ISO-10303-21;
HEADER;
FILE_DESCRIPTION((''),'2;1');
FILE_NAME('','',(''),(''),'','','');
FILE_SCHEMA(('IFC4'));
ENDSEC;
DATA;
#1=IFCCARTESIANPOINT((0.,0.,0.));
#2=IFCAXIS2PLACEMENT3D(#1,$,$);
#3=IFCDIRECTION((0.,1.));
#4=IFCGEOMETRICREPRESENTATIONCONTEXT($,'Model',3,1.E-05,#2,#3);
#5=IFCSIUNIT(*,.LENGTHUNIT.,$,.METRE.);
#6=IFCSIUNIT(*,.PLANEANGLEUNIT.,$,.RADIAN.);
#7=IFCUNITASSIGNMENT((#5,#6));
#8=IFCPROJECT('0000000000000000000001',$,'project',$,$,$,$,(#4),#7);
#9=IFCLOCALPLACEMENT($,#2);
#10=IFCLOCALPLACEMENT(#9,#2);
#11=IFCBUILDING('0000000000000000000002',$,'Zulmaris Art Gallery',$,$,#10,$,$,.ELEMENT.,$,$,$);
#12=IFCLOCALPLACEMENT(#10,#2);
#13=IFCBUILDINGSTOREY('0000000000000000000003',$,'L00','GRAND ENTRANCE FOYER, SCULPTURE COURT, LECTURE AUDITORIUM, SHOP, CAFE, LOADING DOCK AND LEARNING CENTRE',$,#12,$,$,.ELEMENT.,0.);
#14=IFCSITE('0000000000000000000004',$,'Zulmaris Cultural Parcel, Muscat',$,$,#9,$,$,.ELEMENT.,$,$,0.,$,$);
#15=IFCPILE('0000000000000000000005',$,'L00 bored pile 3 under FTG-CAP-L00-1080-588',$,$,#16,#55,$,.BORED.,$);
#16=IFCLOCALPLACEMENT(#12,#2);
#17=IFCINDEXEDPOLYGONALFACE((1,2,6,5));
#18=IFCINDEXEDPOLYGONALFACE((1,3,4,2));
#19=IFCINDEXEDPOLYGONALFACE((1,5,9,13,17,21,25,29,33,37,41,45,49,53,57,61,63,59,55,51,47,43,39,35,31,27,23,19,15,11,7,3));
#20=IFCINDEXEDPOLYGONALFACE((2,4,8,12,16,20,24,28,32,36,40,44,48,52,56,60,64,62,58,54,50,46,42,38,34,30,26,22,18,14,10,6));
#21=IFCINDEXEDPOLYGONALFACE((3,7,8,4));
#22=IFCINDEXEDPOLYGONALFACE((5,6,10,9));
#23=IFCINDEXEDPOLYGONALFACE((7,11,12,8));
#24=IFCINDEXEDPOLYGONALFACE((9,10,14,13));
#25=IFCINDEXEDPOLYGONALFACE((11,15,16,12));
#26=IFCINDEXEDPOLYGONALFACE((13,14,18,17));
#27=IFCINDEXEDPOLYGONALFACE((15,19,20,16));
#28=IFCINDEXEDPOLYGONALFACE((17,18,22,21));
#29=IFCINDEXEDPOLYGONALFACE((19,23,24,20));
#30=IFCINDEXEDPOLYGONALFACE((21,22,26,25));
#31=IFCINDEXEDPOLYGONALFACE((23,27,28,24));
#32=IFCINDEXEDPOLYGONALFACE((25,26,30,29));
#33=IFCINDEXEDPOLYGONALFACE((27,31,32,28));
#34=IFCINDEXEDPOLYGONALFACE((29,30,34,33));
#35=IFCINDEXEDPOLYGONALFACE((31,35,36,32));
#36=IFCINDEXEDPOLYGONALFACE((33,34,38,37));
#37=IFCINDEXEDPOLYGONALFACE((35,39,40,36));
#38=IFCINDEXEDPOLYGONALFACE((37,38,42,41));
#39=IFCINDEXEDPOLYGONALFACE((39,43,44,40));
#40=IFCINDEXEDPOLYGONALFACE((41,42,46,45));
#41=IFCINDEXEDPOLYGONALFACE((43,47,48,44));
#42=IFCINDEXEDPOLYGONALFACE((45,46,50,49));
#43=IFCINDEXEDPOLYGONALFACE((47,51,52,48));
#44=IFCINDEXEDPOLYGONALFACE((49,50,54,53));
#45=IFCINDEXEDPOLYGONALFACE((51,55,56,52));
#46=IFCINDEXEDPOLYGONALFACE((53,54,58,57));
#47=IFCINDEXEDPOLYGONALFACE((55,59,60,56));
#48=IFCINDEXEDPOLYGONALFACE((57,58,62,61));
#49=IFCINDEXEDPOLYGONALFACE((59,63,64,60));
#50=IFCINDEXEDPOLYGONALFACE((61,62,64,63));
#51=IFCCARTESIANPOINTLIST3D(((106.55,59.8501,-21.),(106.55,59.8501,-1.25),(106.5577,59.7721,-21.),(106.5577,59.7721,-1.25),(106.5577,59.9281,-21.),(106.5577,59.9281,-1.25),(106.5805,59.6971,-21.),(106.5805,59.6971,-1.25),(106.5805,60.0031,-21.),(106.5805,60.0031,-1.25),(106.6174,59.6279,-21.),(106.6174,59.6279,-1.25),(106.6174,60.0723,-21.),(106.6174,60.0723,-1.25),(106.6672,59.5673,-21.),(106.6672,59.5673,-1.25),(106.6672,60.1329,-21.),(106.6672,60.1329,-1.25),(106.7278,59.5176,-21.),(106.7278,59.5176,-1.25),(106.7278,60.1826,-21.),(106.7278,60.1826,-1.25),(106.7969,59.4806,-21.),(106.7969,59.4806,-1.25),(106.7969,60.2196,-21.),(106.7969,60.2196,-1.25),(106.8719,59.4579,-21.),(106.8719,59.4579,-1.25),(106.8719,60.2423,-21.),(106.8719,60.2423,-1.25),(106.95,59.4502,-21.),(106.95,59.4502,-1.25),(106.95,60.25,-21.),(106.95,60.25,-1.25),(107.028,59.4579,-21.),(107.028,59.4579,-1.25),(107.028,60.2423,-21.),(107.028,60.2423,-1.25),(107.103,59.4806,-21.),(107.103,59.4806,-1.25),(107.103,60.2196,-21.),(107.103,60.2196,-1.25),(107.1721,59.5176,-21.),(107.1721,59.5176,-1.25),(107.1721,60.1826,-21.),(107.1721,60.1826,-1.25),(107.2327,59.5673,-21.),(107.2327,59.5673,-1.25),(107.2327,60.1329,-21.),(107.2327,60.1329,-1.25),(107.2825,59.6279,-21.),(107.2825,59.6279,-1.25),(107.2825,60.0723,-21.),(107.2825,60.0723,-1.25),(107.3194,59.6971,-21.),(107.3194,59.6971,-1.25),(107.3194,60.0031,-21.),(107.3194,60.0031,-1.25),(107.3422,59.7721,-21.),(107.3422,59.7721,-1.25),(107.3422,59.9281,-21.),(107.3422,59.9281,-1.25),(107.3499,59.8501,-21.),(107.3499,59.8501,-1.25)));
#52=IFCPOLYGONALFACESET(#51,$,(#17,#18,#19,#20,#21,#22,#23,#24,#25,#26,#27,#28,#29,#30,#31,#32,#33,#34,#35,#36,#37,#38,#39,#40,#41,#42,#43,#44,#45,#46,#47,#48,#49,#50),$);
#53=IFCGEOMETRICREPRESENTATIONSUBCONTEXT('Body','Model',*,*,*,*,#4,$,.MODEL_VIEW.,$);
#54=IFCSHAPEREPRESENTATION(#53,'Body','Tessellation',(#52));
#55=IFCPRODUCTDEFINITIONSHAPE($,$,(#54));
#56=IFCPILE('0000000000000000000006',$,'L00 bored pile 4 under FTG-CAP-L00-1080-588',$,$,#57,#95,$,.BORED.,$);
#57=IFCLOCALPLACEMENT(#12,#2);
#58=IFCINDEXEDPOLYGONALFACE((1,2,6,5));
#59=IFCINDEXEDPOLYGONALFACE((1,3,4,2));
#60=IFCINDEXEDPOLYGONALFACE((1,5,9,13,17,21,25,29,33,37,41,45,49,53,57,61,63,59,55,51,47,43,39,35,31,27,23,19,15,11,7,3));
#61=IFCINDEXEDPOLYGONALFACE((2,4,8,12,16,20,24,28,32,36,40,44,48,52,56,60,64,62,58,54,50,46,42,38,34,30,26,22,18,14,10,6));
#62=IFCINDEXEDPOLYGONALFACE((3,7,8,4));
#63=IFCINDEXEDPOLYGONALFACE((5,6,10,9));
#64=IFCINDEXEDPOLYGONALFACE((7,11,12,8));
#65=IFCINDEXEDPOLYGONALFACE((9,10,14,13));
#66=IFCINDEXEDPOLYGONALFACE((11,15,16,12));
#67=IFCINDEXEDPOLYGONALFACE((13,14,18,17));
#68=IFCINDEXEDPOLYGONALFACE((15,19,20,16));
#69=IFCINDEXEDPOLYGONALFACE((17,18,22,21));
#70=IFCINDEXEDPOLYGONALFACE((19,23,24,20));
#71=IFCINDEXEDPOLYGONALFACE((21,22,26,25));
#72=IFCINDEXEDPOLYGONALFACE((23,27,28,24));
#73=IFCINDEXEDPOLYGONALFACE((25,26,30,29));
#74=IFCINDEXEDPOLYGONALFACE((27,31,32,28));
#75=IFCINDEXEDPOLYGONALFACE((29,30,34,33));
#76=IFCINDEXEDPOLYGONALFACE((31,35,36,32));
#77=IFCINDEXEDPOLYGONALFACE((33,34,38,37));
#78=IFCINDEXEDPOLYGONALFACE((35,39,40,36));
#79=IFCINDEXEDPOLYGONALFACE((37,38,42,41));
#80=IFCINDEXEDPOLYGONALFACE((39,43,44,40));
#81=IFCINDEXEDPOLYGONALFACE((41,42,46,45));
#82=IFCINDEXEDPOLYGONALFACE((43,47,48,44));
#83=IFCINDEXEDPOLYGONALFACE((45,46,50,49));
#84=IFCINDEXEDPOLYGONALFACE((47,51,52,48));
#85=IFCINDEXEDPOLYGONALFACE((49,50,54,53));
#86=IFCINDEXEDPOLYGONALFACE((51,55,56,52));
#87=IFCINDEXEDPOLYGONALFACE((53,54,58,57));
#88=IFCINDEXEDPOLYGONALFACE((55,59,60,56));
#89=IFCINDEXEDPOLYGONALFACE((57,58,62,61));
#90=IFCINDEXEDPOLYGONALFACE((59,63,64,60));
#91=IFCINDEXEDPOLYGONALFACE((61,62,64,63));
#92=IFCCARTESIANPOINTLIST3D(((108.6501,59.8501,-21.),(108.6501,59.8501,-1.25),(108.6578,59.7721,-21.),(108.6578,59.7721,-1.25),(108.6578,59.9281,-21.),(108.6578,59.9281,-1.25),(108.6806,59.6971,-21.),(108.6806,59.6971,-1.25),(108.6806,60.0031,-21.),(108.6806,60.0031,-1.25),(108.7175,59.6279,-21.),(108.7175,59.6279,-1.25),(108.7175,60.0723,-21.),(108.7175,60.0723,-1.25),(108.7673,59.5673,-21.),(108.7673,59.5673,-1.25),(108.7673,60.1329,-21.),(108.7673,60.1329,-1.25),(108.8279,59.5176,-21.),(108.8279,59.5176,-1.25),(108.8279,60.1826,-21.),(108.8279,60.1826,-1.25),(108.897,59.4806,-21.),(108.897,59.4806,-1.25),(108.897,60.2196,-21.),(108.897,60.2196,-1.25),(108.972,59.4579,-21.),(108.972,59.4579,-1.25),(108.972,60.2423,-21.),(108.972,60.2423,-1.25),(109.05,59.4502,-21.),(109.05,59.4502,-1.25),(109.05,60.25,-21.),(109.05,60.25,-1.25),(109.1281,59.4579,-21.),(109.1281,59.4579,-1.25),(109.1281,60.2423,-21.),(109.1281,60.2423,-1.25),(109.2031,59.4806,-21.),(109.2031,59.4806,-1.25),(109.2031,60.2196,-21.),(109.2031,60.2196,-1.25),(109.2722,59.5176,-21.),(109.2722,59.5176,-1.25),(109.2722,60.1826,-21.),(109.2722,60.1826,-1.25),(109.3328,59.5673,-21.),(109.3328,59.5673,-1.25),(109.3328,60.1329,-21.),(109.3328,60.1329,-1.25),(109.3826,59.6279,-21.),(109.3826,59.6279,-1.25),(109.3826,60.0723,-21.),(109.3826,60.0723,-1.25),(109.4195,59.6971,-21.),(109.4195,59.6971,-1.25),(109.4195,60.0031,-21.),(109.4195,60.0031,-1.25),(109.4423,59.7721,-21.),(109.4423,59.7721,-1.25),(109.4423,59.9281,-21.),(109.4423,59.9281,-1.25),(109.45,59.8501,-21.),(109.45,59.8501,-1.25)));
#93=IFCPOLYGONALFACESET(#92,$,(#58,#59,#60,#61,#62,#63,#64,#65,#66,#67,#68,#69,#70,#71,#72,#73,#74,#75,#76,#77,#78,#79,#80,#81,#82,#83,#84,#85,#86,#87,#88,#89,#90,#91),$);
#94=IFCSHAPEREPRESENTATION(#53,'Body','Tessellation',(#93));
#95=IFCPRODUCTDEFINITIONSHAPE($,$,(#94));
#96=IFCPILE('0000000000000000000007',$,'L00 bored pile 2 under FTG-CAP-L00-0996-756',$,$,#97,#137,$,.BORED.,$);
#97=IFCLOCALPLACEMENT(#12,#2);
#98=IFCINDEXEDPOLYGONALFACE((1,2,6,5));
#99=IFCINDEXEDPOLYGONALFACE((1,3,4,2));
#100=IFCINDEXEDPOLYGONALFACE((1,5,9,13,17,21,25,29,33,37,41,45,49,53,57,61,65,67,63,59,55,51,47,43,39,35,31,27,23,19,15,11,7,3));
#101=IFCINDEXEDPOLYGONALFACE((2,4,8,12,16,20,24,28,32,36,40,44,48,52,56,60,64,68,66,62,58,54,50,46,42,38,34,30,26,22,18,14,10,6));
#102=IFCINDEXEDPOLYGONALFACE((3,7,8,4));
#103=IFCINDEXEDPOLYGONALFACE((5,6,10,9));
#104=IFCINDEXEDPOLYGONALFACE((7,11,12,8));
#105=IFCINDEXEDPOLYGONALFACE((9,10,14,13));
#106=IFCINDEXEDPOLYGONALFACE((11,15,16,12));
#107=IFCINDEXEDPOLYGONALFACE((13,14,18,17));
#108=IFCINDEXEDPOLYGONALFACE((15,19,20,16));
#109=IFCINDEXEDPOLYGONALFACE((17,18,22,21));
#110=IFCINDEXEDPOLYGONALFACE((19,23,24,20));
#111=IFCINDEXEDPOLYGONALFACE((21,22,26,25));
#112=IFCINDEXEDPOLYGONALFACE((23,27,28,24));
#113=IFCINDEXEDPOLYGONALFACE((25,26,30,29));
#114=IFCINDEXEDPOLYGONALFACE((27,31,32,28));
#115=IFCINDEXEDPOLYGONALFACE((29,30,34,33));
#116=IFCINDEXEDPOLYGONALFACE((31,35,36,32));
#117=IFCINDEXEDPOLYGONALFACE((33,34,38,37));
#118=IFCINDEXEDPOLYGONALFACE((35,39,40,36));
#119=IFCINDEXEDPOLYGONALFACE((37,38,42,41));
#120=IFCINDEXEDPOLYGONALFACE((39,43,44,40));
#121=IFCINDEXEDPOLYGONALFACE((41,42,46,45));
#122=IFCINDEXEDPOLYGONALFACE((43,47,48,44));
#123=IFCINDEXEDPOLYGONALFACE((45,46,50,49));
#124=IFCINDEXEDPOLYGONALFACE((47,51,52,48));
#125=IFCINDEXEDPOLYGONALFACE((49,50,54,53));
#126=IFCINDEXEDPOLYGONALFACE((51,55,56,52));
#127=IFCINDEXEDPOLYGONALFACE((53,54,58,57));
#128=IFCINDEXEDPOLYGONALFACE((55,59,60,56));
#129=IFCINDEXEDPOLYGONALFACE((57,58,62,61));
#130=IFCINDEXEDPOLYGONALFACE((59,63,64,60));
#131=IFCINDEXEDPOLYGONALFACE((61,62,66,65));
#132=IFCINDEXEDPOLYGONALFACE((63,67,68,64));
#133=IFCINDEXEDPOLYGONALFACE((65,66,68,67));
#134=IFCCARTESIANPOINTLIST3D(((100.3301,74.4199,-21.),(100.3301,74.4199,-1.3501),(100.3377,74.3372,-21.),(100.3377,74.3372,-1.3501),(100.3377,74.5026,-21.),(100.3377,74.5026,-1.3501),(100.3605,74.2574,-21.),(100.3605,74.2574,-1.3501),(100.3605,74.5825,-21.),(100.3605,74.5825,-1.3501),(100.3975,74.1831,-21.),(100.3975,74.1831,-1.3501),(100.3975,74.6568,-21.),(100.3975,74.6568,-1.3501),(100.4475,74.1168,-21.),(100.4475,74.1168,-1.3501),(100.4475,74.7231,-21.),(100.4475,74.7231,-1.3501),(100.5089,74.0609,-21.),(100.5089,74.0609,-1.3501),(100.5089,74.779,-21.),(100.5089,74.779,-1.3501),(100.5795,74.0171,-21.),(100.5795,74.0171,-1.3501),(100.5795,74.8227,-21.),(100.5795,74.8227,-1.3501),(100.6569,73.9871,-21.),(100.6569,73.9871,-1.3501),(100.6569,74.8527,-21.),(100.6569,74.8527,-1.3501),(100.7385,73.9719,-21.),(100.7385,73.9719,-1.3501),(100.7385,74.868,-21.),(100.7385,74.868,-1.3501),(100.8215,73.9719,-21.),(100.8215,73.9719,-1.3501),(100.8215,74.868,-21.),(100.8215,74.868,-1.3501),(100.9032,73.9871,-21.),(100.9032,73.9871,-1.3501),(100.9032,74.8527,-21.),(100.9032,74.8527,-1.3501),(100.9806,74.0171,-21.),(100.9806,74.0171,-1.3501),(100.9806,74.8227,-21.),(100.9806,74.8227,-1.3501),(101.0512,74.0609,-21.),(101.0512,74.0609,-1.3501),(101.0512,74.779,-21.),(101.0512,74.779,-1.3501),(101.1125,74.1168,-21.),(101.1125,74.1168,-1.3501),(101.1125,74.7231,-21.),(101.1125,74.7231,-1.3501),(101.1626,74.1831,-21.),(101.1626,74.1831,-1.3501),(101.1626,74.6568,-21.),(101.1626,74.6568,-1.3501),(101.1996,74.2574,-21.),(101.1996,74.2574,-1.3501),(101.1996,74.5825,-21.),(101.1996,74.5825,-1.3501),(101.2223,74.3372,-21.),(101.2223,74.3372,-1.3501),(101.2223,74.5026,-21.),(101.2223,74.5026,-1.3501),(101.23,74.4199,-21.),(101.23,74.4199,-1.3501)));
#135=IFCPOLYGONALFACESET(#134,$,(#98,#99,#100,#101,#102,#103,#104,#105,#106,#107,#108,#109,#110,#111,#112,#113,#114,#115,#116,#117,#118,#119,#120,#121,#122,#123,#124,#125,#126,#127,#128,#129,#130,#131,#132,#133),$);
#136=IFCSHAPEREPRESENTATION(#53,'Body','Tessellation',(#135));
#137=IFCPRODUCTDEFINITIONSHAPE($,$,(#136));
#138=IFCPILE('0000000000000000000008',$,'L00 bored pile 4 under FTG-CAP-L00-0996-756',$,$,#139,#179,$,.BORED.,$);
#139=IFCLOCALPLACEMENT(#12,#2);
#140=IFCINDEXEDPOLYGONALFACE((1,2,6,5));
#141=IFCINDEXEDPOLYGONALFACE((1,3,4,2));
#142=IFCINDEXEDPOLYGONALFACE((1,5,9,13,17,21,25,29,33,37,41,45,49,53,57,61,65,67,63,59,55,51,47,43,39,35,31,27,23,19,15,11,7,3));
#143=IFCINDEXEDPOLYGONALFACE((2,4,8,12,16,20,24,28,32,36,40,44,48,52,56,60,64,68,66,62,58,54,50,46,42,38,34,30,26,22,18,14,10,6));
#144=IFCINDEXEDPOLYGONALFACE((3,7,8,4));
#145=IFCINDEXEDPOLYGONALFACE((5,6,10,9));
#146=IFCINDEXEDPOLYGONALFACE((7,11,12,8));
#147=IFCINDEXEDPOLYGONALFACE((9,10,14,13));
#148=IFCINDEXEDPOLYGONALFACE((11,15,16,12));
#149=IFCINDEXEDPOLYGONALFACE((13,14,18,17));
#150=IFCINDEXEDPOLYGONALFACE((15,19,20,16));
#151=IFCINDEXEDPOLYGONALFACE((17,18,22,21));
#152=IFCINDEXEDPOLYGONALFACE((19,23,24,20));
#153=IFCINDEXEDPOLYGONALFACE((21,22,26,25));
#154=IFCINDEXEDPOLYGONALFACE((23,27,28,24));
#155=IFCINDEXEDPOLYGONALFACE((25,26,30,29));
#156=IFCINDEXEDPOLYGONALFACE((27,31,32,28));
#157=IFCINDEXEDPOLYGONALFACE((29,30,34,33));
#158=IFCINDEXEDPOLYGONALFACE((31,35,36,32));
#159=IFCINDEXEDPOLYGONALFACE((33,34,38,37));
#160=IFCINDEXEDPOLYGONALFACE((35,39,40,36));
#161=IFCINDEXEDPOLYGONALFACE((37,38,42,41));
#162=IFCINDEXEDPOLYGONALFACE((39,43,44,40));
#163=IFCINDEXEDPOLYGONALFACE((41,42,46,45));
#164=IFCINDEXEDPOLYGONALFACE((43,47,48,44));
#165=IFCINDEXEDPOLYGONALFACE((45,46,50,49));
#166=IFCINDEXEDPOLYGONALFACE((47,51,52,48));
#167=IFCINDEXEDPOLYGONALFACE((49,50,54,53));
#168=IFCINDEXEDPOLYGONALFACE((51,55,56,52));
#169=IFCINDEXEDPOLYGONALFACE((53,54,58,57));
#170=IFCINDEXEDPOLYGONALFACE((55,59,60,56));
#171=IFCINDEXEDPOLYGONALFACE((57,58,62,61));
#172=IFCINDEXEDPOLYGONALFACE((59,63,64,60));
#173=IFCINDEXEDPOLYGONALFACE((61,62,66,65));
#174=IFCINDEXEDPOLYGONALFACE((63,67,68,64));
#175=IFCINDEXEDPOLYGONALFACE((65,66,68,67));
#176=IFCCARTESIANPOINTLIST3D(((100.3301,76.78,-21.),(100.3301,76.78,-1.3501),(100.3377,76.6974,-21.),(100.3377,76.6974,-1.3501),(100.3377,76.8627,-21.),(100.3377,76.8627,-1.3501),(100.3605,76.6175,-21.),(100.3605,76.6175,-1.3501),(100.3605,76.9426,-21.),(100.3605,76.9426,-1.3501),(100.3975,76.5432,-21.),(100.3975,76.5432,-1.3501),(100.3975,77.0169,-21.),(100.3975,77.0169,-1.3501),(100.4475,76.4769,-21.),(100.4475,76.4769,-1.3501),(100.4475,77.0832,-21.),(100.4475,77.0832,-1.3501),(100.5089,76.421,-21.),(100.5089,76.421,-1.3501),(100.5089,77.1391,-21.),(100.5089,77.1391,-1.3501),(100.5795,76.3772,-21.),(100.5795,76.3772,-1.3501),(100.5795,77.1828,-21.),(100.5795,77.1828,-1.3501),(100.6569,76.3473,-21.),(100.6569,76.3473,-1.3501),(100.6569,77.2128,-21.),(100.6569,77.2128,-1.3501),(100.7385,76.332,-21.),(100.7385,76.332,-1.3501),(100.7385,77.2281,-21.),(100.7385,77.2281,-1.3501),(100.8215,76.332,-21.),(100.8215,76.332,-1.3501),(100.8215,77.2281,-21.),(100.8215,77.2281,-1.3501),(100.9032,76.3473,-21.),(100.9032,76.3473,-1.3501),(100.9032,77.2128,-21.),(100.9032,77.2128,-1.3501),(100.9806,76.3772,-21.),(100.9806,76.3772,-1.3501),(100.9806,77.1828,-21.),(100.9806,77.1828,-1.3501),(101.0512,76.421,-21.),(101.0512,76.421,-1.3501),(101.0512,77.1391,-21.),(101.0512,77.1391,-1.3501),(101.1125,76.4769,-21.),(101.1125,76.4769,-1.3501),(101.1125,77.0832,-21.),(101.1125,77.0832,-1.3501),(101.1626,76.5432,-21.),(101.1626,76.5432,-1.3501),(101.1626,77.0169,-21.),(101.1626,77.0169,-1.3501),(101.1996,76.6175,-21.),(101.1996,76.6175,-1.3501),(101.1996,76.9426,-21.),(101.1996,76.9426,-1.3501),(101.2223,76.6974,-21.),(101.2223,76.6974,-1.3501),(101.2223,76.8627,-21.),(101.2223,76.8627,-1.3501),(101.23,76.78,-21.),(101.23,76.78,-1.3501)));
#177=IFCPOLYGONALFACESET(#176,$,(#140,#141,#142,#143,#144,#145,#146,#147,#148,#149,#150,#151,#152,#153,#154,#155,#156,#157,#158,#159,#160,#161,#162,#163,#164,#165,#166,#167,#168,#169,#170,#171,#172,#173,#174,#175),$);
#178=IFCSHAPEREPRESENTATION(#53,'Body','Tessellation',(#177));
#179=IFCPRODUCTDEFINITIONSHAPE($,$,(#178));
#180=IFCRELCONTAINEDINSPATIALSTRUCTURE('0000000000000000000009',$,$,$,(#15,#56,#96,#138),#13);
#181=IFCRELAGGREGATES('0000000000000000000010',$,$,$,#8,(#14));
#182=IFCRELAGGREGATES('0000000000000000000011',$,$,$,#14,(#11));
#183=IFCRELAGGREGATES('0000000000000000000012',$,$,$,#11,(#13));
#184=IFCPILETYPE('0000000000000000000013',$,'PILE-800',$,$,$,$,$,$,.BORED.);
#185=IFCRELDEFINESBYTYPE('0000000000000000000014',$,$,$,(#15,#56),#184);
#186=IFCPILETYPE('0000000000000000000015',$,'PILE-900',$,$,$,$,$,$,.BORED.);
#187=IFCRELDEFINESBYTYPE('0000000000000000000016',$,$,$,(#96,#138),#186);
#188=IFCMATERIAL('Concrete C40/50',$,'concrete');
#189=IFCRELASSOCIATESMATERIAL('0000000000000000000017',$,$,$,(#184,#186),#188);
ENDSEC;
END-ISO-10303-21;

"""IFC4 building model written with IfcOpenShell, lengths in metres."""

from ifc_helpers import new_model, si_unit, direction, frame, origin, origin_2d, place, context, subcontext, project, spatial, circle, extrude, material, material_profile, profile_set, type_object, element, save


model = new_model("IFC4")

# Units and contexts
model_context = context("Model", 3, precision=1e-05, world=origin(), true_north=direction((0.0, 1.0)))
body_context = subcontext(model_context, "Body", "Model", "MODEL_VIEW")
ifc_project = project(units=[si_unit("LENGTHUNIT", "METRE"), si_unit("PLANEANGLEUNIT", "RADIAN")], contexts=[model_context])

# Site, building, storey
site_placement = place(None, origin())
site = spatial("IfcSite", under=ifc_project, at=site_placement, Name="Zulmaris Cultural Parcel, Muscat", CompositionType="ELEMENT", RefElevation=0.0)
building_placement = place(site_placement, origin())
building = spatial("IfcBuilding", under=site, at=building_placement, Name="Zulmaris Art Gallery", CompositionType="ELEMENT")
storey_placement = place(building_placement, origin())
storey = spatial("IfcBuildingStorey", under=building, at=storey_placement, Name="L00", Description="GRAND ENTRANCE FOYER, SCULPTURE COURT, LECTURE AUDITORIUM, SHOP, CAFE, LOADING DOCK AND LEARNING CENTRE", CompositionType="ELEMENT", Elevation=0.0)

# Piles
ifc_material_1 = material(Name="Concrete C40/50", Category="concrete")
ifc_material_profile_1 = material_profile(ifc_material_1, circle(Radius=0.3999, at=origin_2d()), Name="PILE DIA 800")
ifc_profile_set_1 = profile_set([ifc_material_profile_1], Name="Concrete C40/50")
pile_type_1 = type_object("IfcPileType", Name="PILE-800", PredefinedType="BORED", material=ifc_profile_set_1)
for number, where, z_axis, x_axis, name in (
    (1, (106.95, 59.8501, -1.25), (0.0, 0.0, -1.0), (1.0, 0.0, 0.0), "L00 bored pile 3 under FTG-CAP-L00-1080-588"),
    (2, (109.05, 59.8501, -1.25), (0.0, 0.0, -1.0), (1.0, 0.0, 0.0), "L00 bored pile 4 under FTG-CAP-L00-1080-588"),
):
    element("IfcPile", number, at=place(storey_placement, frame(where, z_axis=z_axis, x_axis=x_axis)), inside=storey, type_object=pile_type_1, Name=name, PredefinedType="BORED", context=body_context, shape_type="SweptSolid", body=[
        extrude(circle(Radius=0.3999, at=origin_2d()), origin(), (0.0, 0.0, 1.0), 19.75),
    ])
ifc_material_profile_2 = material_profile(ifc_material_1, circle(Radius=0.45, at=origin_2d()), Name="PILE DIA 900")
ifc_profile_set_2 = profile_set([ifc_material_profile_2], Name="Concrete C40/50")
pile_type_2 = type_object("IfcPileType", Name="PILE-900", PredefinedType="BORED", material=ifc_profile_set_2)
for number, where, z_axis, x_axis, name in (
    (3, (100.78, 74.4199, -1.3501), (0.0, 0.0, -1.0), (1.0, 0.0, 0.0), "L00 bored pile 2 under FTG-CAP-L00-0996-756"),
    (4, (100.78, 76.78, -1.3501), (0.0, 0.0, -1.0), (1.0, 0.0, 0.0), "L00 bored pile 4 under FTG-CAP-L00-0996-756"),
):
    element("IfcPile", number, at=place(storey_placement, frame(where, z_axis=z_axis, x_axis=x_axis)), inside=storey, type_object=pile_type_2, Name=name, PredefinedType="BORED", context=body_context, shape_type="SweptSolid", body=[
        extrude(circle(Radius=0.45, at=origin_2d()), origin(), (0.0, 0.0, 1.0), 19.6499),
    ])

save(model, "model.ifc")
